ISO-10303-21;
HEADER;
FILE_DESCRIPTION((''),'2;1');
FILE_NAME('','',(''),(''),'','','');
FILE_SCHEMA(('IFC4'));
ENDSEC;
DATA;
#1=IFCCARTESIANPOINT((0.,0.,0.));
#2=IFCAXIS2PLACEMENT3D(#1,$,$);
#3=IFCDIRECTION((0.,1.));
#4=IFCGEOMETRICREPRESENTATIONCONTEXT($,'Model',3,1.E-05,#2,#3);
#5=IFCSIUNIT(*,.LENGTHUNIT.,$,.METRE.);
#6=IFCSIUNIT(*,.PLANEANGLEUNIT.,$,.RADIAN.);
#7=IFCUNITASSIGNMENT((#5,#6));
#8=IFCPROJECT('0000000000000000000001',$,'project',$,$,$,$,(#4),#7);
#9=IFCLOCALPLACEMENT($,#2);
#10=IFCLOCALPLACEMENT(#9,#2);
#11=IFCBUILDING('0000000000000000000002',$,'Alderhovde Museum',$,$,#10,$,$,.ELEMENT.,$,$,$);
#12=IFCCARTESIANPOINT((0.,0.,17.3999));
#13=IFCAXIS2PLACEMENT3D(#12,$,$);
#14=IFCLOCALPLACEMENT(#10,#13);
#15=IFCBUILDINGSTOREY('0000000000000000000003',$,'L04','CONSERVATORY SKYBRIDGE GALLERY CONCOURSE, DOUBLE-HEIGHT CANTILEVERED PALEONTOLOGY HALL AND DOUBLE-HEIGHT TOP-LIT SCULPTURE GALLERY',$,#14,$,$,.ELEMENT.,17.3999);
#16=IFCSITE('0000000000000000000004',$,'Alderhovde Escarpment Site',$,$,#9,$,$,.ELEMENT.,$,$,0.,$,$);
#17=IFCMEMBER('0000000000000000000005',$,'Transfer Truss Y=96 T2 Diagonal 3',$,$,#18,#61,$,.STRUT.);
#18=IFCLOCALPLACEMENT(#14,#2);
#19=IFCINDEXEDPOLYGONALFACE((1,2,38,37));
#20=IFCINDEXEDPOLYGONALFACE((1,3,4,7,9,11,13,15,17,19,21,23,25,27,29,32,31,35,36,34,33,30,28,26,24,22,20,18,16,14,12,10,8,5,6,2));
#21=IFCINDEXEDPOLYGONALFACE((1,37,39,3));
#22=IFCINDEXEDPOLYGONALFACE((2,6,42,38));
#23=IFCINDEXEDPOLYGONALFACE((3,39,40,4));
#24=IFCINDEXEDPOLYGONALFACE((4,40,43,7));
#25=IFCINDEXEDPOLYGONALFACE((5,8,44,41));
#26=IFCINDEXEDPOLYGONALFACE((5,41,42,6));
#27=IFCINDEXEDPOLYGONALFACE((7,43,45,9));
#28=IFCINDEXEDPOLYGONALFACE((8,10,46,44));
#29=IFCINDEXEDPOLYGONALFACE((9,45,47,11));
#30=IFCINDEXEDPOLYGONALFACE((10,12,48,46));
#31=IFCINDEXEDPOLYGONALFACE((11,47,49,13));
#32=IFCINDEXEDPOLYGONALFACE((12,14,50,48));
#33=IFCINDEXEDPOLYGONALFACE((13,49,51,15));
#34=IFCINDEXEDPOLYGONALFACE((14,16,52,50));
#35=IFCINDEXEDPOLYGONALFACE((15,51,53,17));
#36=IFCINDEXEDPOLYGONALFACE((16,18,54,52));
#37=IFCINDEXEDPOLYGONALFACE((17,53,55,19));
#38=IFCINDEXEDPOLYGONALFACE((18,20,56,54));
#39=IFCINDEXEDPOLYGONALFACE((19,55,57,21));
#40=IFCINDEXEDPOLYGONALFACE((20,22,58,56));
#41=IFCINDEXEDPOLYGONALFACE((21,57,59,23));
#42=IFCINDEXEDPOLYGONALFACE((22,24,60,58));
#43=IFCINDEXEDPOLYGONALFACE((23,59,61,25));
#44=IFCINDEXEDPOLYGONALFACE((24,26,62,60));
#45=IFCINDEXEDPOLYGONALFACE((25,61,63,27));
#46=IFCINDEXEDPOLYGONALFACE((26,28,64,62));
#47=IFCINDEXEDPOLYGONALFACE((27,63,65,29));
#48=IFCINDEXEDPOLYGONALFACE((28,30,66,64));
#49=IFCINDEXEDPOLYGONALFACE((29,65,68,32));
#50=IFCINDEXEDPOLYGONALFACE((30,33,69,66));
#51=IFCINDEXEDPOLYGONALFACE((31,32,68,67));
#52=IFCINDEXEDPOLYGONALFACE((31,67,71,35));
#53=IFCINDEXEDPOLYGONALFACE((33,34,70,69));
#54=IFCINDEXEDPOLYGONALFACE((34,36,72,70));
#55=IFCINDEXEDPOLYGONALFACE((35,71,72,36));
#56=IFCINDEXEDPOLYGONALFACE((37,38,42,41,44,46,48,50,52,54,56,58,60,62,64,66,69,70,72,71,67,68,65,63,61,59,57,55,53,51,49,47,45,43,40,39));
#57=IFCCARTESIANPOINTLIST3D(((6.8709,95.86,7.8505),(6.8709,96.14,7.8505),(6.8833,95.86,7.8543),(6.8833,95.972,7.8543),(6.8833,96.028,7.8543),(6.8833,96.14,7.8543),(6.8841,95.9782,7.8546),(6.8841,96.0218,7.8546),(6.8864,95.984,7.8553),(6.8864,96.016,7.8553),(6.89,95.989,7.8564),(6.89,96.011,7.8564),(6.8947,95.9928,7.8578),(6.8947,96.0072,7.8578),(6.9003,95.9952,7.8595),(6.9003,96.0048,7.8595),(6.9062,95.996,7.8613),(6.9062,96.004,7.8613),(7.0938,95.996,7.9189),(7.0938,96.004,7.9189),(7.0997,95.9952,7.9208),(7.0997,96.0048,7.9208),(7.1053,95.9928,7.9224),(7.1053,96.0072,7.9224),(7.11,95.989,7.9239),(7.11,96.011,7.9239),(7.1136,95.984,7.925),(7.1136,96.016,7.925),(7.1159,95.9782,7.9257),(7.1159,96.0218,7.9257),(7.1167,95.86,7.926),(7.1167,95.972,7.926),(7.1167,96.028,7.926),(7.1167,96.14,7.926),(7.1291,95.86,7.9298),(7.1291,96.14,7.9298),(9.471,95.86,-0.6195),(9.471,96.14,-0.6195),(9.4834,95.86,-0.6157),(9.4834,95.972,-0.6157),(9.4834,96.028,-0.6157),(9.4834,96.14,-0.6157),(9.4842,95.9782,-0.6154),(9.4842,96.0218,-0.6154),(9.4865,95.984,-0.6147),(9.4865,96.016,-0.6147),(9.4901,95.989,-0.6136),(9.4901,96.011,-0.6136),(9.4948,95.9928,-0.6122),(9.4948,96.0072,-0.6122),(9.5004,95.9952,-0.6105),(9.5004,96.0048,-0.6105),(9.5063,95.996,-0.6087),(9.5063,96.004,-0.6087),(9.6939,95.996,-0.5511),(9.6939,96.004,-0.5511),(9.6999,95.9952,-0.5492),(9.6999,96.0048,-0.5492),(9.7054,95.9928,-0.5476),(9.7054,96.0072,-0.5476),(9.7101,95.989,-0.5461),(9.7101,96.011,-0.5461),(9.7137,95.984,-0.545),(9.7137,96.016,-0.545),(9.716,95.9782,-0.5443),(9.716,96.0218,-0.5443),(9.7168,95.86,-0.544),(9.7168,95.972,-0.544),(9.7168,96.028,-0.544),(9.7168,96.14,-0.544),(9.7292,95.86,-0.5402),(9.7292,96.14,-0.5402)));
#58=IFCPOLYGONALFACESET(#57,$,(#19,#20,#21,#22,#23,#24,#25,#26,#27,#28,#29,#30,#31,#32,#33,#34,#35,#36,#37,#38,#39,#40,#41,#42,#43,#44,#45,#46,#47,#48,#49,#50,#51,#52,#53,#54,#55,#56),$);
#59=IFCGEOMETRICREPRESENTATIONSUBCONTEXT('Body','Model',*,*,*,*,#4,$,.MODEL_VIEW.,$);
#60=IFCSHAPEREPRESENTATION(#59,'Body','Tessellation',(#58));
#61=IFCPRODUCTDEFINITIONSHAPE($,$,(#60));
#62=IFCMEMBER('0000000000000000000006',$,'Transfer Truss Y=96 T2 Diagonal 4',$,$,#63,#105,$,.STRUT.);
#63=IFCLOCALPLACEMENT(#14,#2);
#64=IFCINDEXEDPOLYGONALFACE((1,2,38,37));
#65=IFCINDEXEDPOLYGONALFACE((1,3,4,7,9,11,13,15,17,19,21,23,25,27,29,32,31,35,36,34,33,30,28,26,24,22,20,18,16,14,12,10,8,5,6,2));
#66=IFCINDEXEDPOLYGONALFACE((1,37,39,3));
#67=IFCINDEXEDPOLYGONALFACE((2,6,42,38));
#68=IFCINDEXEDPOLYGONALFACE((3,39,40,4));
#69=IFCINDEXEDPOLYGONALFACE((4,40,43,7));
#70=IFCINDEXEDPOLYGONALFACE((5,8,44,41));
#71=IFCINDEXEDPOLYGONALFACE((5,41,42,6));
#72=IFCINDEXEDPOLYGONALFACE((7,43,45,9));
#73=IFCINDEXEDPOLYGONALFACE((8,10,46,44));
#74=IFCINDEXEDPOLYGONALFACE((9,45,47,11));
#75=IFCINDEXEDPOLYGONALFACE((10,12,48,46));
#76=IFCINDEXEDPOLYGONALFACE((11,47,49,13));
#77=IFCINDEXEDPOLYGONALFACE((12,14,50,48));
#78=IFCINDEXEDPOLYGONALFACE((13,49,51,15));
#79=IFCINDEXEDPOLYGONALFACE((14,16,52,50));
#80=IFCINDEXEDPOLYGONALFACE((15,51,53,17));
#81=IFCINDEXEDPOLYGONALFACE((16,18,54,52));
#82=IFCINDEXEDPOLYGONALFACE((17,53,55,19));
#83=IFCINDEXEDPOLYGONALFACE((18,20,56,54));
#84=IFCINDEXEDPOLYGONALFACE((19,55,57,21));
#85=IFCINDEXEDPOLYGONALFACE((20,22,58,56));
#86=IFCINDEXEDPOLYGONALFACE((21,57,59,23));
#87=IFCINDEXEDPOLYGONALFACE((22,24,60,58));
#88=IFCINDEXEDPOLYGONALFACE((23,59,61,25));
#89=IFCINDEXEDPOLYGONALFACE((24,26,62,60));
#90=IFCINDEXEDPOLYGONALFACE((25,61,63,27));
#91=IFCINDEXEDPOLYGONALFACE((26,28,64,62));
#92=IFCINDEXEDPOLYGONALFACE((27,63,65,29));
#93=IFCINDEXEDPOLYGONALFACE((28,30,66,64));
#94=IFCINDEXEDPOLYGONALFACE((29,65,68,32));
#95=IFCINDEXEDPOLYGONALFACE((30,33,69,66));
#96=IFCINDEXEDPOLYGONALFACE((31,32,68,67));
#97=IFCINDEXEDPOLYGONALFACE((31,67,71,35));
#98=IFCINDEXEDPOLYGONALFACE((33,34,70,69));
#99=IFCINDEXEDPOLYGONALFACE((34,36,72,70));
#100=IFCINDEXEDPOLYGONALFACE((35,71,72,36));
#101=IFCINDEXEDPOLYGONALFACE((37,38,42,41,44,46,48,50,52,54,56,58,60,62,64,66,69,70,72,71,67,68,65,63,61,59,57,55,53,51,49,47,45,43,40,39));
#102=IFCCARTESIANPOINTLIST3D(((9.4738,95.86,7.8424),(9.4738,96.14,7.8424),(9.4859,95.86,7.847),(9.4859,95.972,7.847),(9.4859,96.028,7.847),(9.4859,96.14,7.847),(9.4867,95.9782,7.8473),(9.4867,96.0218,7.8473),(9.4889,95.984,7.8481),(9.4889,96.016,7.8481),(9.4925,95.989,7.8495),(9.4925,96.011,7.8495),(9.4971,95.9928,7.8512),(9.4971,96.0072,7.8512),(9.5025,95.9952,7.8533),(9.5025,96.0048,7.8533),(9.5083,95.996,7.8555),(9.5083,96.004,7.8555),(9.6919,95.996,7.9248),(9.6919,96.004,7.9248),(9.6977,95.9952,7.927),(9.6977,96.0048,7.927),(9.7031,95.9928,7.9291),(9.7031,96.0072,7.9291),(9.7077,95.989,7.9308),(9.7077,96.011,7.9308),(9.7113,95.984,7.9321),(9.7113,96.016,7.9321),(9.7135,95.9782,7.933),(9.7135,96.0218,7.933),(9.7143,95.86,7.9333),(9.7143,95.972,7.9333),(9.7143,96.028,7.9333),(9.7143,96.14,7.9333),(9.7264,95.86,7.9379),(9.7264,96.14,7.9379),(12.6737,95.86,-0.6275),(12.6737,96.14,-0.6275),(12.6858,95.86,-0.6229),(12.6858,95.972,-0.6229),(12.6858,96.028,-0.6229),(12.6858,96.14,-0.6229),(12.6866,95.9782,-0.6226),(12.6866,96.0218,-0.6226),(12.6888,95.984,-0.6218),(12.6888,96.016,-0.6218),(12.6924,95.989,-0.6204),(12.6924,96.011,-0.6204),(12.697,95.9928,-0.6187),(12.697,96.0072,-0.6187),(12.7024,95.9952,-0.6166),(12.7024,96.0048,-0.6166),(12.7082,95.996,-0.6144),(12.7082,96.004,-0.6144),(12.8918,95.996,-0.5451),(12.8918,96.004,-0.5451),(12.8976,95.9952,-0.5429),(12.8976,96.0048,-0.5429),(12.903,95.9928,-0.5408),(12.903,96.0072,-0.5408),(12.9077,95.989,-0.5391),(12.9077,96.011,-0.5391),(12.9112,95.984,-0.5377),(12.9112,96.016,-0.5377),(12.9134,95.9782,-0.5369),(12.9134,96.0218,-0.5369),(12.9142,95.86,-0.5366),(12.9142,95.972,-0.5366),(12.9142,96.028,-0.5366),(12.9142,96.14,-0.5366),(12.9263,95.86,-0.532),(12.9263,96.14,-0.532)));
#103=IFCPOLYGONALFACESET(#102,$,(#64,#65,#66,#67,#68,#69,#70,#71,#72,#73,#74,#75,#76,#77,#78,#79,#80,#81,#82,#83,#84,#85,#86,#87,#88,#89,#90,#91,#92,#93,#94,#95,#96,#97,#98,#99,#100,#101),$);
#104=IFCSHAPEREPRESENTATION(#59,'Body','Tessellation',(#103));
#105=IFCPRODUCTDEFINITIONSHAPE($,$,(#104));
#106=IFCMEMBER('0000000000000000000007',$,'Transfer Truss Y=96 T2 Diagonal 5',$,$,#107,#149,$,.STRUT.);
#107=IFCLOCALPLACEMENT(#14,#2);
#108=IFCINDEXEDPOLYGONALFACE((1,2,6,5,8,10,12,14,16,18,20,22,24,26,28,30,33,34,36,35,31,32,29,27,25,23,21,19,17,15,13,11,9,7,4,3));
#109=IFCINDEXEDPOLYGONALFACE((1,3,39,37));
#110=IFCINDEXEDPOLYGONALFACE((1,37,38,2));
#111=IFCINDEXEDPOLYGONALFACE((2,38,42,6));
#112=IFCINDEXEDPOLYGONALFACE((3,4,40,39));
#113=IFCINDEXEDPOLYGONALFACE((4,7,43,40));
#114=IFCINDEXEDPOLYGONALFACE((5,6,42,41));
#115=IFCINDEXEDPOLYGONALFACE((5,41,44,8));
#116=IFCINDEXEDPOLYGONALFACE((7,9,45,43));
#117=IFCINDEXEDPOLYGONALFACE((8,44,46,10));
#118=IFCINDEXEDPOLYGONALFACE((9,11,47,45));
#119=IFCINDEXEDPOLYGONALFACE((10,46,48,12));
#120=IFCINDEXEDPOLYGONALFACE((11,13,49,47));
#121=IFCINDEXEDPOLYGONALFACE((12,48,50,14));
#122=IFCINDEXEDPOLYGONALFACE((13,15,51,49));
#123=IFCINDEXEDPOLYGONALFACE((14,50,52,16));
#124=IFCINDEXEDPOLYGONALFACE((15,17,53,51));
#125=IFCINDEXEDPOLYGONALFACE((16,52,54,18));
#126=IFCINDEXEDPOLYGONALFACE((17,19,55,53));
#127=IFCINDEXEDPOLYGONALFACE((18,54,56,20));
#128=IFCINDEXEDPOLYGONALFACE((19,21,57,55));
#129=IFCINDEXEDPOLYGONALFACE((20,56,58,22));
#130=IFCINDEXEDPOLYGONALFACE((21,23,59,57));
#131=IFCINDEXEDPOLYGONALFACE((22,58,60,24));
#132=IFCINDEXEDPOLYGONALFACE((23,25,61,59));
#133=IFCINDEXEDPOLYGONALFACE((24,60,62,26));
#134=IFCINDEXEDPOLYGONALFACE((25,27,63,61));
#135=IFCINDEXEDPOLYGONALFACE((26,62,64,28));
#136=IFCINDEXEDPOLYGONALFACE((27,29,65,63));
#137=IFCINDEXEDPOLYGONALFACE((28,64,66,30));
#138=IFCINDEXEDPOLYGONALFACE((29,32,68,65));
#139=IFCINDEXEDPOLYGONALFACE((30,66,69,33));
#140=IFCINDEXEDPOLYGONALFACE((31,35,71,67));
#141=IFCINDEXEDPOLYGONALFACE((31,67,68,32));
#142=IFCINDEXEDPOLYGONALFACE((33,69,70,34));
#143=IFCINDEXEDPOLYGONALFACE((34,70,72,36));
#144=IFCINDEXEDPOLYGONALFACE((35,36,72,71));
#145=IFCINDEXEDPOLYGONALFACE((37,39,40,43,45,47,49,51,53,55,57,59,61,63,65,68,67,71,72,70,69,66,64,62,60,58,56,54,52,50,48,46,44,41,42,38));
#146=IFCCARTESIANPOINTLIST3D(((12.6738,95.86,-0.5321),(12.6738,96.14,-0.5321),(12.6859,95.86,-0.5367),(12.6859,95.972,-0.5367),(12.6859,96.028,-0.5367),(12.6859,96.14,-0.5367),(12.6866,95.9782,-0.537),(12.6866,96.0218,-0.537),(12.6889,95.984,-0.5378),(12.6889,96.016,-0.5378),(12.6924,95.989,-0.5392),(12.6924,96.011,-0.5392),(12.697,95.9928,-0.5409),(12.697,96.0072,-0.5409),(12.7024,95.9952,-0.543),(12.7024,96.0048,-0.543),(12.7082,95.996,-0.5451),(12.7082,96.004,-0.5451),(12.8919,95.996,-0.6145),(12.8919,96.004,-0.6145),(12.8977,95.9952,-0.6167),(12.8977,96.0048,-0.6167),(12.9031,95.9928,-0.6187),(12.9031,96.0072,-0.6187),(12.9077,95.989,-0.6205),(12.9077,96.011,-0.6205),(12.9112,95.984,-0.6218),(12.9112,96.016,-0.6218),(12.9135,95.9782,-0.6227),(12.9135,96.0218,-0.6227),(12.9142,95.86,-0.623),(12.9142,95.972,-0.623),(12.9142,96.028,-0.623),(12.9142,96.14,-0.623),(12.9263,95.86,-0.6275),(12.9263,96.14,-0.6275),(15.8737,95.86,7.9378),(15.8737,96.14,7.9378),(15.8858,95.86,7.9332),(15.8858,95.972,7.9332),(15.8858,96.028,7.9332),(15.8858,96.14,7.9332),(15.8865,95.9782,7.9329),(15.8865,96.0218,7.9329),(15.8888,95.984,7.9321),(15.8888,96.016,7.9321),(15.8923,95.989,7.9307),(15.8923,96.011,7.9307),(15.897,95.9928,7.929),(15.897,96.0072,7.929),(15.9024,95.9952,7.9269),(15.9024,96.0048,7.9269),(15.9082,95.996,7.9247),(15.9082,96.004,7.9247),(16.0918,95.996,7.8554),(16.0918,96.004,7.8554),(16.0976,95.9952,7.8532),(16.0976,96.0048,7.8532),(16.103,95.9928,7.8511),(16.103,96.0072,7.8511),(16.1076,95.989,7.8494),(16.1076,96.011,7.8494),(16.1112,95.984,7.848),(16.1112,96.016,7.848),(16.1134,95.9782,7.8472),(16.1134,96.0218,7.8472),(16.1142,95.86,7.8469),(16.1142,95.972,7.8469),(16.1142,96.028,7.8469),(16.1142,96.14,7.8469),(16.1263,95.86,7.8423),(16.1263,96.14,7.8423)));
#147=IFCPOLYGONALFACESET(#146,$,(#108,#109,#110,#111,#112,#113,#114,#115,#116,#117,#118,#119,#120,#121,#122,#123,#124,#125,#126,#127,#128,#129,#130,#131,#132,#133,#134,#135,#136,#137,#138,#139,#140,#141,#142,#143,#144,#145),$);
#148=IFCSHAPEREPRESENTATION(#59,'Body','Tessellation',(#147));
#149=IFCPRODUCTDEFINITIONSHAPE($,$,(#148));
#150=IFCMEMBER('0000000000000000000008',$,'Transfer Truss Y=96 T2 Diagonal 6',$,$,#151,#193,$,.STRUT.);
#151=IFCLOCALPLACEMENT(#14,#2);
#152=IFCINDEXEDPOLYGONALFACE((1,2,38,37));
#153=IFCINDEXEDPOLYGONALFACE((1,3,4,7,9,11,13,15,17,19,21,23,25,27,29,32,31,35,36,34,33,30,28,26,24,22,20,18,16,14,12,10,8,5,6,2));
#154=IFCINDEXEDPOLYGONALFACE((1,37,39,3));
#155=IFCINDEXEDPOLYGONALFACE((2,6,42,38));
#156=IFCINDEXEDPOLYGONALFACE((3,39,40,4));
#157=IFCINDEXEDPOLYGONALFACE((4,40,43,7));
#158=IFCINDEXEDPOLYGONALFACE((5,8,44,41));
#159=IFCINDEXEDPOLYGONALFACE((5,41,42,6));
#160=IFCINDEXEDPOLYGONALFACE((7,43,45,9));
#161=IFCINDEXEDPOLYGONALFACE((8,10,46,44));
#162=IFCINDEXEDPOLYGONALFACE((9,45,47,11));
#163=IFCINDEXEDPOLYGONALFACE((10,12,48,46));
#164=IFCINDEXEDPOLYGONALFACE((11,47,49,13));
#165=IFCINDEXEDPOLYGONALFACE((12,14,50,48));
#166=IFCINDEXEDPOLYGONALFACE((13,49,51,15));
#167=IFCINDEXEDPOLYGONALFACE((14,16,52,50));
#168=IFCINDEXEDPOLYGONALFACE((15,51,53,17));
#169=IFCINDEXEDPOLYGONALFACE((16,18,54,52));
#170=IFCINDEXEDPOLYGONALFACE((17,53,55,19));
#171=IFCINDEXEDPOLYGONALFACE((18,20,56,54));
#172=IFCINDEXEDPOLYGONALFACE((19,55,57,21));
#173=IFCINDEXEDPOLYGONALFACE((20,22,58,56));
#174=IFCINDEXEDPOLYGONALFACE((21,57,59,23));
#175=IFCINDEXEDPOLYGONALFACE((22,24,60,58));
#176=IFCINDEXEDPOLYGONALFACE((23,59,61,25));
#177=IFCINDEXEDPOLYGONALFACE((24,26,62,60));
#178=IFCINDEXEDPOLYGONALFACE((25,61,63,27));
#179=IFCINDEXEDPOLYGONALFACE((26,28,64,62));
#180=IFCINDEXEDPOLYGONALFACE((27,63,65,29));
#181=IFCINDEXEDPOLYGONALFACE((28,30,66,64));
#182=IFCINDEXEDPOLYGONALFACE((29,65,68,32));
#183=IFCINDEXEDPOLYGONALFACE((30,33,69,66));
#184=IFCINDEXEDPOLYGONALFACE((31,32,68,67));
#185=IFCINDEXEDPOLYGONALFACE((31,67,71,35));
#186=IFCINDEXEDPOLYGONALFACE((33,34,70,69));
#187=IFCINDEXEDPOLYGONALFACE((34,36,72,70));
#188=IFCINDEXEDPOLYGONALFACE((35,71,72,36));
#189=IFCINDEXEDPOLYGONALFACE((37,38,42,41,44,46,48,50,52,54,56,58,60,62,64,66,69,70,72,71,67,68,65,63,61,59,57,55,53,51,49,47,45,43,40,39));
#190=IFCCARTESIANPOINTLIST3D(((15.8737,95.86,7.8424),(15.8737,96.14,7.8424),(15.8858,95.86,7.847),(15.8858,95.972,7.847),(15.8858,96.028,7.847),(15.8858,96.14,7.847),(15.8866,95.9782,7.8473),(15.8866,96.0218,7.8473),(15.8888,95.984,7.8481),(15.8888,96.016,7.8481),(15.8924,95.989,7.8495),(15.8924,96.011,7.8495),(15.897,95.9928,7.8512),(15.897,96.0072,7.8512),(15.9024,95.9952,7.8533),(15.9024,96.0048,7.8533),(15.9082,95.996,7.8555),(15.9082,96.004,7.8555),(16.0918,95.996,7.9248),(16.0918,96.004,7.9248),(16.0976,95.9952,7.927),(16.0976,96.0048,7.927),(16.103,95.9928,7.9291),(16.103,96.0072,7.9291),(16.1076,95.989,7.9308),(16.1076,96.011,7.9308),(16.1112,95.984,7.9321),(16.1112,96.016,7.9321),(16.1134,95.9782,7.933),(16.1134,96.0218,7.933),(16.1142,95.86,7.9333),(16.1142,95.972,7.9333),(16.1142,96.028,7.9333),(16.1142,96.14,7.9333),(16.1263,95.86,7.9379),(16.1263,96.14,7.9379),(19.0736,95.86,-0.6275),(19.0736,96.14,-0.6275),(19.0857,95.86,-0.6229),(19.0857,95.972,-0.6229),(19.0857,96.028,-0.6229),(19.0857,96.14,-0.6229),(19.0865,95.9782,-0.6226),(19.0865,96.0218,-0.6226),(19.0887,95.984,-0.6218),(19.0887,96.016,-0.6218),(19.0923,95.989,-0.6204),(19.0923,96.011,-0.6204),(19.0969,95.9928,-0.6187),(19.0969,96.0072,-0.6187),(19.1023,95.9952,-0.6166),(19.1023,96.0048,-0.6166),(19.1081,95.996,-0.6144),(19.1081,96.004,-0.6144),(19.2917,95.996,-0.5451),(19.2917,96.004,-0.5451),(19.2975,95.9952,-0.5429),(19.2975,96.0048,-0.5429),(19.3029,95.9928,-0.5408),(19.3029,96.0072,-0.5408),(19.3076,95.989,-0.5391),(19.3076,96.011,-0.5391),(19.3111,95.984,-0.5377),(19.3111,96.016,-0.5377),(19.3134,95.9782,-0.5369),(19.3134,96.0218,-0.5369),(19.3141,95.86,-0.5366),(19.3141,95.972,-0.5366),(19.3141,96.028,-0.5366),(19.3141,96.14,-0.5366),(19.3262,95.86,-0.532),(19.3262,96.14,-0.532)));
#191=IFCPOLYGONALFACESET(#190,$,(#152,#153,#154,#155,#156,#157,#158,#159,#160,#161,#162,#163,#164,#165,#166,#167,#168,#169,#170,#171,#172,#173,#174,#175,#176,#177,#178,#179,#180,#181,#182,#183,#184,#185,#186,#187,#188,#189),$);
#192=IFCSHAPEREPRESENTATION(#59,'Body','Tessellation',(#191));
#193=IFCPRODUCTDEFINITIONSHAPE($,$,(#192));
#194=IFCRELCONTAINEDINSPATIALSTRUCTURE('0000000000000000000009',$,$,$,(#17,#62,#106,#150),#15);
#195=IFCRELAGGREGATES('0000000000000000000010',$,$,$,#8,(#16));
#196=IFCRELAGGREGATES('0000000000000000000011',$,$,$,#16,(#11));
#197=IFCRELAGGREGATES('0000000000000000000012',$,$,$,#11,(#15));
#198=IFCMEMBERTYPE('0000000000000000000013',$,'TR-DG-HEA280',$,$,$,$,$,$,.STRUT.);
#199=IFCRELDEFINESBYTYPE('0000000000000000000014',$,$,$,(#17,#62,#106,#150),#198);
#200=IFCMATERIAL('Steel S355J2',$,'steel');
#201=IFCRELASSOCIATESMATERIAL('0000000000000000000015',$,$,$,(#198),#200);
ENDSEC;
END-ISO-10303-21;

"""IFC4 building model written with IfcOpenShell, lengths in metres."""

from ifc_helpers import new_model, si_unit, direction, frame, origin, origin_2d, place, context, subcontext, project, spatial, i_section, extrude, material, material_profile, profile_set, type_object, element, save


model = new_model("IFC4")

# Units and contexts
model_context = context("Model", 3, precision=1e-05, world=origin(), true_north=direction((0.0, 1.0)))
body_context = subcontext(model_context, "Body", "Model", "MODEL_VIEW")
ifc_project = project(units=[si_unit("LENGTHUNIT", "METRE"), si_unit("PLANEANGLEUNIT", "RADIAN")], contexts=[model_context])

# Site, building, storey
site_placement = place(None, origin())
site = spatial("IfcSite", under=ifc_project, at=site_placement, Name="Alderhovde Escarpment Site", CompositionType="ELEMENT", RefElevation=0.0)
building_placement = place(site_placement, origin())
building = spatial("IfcBuilding", under=site, at=building_placement, Name="Alderhovde Museum", CompositionType="ELEMENT")
storey_placement = place(building_placement, frame((0.0, 0.0, 17.3999)))
storey = spatial("IfcBuildingStorey", under=building, at=storey_placement, Name="L04", Description="CONSERVATORY SKYBRIDGE GALLERY CONCOURSE, DOUBLE-HEIGHT CANTILEVERED PALEONTOLOGY HALL AND DOUBLE-HEIGHT TOP-LIT SCULPTURE GALLERY", CompositionType="ELEMENT", Elevation=17.3999)

# Members
ifc_material_1 = material(Name="Steel S355J2", Category="steel")
ifc_material_profile_1 = material_profile(ifc_material_1, i_section(OverallWidth=0.28, OverallDepth=0.27, WebThickness=0.0081, FlangeThickness=0.0129, FilletRadius=0.0239, at=origin_2d()), Name="HEA 280")
ifc_profile_set_1 = profile_set([ifc_material_profile_1], Name="Steel S355J2")
member_type_1 = type_object("IfcMemberType", Name="TR-DG-HEA280", PredefinedType="STRUT", material=ifc_profile_set_1)
member_1_placement = place(storey_placement, frame((7.0, 96.0, 7.8901), z_axis=(0.293462, 0.0, -0.955971), x_axis=(0.0, 1.0, 0.0)))
element("IfcMember", 1, at=member_1_placement, inside=storey, type_object=member_type_1, Name="Transfer Truss Y=96 T2 Diagonal 3", PredefinedType="STRUT", context=body_context, shape_type="SweptSolid", body=[
    extrude(i_section(OverallWidth=0.28, OverallDepth=0.27, WebThickness=0.0081, FlangeThickness=0.0129, FilletRadius=0.0239, at=origin_2d()), origin(), (0.0, 0.0, 1.0), 8.8601),
])
for number, where, z_axis, x_axis, name in (
    (2, (9.6001, 96.0, 7.8901), (0.353418, 0.0, -0.935465), (0.0, 1.0, 0.0), "Transfer Truss Y=96 T2 Diagonal 4"),
    (3, (12.8, 96.0, -0.5798), (0.353418, 0.0, 0.935465), (0.0, 1.0, 0.0), "Transfer Truss Y=96 T2 Diagonal 5"),
    (4, (16.0, 96.0, 7.8901), (0.353418, 0.0, -0.935465), (0.0, 1.0, 0.0), "Transfer Truss Y=96 T2 Diagonal 6"),
):
    element("IfcMember", number, at=place(storey_placement, frame(where, z_axis=z_axis, x_axis=x_axis)), inside=storey, type_object=member_type_1, Name=name, PredefinedType="STRUT", context=body_context, shape_type="SweptSolid", body=[
        extrude(i_section(OverallWidth=0.28, OverallDepth=0.27, WebThickness=0.0081, FlangeThickness=0.0129, FilletRadius=0.0239, at=origin_2d()), origin(), (0.0, 0.0, 1.0), 9.0542),
    ])

save(model, "model.ifc")
